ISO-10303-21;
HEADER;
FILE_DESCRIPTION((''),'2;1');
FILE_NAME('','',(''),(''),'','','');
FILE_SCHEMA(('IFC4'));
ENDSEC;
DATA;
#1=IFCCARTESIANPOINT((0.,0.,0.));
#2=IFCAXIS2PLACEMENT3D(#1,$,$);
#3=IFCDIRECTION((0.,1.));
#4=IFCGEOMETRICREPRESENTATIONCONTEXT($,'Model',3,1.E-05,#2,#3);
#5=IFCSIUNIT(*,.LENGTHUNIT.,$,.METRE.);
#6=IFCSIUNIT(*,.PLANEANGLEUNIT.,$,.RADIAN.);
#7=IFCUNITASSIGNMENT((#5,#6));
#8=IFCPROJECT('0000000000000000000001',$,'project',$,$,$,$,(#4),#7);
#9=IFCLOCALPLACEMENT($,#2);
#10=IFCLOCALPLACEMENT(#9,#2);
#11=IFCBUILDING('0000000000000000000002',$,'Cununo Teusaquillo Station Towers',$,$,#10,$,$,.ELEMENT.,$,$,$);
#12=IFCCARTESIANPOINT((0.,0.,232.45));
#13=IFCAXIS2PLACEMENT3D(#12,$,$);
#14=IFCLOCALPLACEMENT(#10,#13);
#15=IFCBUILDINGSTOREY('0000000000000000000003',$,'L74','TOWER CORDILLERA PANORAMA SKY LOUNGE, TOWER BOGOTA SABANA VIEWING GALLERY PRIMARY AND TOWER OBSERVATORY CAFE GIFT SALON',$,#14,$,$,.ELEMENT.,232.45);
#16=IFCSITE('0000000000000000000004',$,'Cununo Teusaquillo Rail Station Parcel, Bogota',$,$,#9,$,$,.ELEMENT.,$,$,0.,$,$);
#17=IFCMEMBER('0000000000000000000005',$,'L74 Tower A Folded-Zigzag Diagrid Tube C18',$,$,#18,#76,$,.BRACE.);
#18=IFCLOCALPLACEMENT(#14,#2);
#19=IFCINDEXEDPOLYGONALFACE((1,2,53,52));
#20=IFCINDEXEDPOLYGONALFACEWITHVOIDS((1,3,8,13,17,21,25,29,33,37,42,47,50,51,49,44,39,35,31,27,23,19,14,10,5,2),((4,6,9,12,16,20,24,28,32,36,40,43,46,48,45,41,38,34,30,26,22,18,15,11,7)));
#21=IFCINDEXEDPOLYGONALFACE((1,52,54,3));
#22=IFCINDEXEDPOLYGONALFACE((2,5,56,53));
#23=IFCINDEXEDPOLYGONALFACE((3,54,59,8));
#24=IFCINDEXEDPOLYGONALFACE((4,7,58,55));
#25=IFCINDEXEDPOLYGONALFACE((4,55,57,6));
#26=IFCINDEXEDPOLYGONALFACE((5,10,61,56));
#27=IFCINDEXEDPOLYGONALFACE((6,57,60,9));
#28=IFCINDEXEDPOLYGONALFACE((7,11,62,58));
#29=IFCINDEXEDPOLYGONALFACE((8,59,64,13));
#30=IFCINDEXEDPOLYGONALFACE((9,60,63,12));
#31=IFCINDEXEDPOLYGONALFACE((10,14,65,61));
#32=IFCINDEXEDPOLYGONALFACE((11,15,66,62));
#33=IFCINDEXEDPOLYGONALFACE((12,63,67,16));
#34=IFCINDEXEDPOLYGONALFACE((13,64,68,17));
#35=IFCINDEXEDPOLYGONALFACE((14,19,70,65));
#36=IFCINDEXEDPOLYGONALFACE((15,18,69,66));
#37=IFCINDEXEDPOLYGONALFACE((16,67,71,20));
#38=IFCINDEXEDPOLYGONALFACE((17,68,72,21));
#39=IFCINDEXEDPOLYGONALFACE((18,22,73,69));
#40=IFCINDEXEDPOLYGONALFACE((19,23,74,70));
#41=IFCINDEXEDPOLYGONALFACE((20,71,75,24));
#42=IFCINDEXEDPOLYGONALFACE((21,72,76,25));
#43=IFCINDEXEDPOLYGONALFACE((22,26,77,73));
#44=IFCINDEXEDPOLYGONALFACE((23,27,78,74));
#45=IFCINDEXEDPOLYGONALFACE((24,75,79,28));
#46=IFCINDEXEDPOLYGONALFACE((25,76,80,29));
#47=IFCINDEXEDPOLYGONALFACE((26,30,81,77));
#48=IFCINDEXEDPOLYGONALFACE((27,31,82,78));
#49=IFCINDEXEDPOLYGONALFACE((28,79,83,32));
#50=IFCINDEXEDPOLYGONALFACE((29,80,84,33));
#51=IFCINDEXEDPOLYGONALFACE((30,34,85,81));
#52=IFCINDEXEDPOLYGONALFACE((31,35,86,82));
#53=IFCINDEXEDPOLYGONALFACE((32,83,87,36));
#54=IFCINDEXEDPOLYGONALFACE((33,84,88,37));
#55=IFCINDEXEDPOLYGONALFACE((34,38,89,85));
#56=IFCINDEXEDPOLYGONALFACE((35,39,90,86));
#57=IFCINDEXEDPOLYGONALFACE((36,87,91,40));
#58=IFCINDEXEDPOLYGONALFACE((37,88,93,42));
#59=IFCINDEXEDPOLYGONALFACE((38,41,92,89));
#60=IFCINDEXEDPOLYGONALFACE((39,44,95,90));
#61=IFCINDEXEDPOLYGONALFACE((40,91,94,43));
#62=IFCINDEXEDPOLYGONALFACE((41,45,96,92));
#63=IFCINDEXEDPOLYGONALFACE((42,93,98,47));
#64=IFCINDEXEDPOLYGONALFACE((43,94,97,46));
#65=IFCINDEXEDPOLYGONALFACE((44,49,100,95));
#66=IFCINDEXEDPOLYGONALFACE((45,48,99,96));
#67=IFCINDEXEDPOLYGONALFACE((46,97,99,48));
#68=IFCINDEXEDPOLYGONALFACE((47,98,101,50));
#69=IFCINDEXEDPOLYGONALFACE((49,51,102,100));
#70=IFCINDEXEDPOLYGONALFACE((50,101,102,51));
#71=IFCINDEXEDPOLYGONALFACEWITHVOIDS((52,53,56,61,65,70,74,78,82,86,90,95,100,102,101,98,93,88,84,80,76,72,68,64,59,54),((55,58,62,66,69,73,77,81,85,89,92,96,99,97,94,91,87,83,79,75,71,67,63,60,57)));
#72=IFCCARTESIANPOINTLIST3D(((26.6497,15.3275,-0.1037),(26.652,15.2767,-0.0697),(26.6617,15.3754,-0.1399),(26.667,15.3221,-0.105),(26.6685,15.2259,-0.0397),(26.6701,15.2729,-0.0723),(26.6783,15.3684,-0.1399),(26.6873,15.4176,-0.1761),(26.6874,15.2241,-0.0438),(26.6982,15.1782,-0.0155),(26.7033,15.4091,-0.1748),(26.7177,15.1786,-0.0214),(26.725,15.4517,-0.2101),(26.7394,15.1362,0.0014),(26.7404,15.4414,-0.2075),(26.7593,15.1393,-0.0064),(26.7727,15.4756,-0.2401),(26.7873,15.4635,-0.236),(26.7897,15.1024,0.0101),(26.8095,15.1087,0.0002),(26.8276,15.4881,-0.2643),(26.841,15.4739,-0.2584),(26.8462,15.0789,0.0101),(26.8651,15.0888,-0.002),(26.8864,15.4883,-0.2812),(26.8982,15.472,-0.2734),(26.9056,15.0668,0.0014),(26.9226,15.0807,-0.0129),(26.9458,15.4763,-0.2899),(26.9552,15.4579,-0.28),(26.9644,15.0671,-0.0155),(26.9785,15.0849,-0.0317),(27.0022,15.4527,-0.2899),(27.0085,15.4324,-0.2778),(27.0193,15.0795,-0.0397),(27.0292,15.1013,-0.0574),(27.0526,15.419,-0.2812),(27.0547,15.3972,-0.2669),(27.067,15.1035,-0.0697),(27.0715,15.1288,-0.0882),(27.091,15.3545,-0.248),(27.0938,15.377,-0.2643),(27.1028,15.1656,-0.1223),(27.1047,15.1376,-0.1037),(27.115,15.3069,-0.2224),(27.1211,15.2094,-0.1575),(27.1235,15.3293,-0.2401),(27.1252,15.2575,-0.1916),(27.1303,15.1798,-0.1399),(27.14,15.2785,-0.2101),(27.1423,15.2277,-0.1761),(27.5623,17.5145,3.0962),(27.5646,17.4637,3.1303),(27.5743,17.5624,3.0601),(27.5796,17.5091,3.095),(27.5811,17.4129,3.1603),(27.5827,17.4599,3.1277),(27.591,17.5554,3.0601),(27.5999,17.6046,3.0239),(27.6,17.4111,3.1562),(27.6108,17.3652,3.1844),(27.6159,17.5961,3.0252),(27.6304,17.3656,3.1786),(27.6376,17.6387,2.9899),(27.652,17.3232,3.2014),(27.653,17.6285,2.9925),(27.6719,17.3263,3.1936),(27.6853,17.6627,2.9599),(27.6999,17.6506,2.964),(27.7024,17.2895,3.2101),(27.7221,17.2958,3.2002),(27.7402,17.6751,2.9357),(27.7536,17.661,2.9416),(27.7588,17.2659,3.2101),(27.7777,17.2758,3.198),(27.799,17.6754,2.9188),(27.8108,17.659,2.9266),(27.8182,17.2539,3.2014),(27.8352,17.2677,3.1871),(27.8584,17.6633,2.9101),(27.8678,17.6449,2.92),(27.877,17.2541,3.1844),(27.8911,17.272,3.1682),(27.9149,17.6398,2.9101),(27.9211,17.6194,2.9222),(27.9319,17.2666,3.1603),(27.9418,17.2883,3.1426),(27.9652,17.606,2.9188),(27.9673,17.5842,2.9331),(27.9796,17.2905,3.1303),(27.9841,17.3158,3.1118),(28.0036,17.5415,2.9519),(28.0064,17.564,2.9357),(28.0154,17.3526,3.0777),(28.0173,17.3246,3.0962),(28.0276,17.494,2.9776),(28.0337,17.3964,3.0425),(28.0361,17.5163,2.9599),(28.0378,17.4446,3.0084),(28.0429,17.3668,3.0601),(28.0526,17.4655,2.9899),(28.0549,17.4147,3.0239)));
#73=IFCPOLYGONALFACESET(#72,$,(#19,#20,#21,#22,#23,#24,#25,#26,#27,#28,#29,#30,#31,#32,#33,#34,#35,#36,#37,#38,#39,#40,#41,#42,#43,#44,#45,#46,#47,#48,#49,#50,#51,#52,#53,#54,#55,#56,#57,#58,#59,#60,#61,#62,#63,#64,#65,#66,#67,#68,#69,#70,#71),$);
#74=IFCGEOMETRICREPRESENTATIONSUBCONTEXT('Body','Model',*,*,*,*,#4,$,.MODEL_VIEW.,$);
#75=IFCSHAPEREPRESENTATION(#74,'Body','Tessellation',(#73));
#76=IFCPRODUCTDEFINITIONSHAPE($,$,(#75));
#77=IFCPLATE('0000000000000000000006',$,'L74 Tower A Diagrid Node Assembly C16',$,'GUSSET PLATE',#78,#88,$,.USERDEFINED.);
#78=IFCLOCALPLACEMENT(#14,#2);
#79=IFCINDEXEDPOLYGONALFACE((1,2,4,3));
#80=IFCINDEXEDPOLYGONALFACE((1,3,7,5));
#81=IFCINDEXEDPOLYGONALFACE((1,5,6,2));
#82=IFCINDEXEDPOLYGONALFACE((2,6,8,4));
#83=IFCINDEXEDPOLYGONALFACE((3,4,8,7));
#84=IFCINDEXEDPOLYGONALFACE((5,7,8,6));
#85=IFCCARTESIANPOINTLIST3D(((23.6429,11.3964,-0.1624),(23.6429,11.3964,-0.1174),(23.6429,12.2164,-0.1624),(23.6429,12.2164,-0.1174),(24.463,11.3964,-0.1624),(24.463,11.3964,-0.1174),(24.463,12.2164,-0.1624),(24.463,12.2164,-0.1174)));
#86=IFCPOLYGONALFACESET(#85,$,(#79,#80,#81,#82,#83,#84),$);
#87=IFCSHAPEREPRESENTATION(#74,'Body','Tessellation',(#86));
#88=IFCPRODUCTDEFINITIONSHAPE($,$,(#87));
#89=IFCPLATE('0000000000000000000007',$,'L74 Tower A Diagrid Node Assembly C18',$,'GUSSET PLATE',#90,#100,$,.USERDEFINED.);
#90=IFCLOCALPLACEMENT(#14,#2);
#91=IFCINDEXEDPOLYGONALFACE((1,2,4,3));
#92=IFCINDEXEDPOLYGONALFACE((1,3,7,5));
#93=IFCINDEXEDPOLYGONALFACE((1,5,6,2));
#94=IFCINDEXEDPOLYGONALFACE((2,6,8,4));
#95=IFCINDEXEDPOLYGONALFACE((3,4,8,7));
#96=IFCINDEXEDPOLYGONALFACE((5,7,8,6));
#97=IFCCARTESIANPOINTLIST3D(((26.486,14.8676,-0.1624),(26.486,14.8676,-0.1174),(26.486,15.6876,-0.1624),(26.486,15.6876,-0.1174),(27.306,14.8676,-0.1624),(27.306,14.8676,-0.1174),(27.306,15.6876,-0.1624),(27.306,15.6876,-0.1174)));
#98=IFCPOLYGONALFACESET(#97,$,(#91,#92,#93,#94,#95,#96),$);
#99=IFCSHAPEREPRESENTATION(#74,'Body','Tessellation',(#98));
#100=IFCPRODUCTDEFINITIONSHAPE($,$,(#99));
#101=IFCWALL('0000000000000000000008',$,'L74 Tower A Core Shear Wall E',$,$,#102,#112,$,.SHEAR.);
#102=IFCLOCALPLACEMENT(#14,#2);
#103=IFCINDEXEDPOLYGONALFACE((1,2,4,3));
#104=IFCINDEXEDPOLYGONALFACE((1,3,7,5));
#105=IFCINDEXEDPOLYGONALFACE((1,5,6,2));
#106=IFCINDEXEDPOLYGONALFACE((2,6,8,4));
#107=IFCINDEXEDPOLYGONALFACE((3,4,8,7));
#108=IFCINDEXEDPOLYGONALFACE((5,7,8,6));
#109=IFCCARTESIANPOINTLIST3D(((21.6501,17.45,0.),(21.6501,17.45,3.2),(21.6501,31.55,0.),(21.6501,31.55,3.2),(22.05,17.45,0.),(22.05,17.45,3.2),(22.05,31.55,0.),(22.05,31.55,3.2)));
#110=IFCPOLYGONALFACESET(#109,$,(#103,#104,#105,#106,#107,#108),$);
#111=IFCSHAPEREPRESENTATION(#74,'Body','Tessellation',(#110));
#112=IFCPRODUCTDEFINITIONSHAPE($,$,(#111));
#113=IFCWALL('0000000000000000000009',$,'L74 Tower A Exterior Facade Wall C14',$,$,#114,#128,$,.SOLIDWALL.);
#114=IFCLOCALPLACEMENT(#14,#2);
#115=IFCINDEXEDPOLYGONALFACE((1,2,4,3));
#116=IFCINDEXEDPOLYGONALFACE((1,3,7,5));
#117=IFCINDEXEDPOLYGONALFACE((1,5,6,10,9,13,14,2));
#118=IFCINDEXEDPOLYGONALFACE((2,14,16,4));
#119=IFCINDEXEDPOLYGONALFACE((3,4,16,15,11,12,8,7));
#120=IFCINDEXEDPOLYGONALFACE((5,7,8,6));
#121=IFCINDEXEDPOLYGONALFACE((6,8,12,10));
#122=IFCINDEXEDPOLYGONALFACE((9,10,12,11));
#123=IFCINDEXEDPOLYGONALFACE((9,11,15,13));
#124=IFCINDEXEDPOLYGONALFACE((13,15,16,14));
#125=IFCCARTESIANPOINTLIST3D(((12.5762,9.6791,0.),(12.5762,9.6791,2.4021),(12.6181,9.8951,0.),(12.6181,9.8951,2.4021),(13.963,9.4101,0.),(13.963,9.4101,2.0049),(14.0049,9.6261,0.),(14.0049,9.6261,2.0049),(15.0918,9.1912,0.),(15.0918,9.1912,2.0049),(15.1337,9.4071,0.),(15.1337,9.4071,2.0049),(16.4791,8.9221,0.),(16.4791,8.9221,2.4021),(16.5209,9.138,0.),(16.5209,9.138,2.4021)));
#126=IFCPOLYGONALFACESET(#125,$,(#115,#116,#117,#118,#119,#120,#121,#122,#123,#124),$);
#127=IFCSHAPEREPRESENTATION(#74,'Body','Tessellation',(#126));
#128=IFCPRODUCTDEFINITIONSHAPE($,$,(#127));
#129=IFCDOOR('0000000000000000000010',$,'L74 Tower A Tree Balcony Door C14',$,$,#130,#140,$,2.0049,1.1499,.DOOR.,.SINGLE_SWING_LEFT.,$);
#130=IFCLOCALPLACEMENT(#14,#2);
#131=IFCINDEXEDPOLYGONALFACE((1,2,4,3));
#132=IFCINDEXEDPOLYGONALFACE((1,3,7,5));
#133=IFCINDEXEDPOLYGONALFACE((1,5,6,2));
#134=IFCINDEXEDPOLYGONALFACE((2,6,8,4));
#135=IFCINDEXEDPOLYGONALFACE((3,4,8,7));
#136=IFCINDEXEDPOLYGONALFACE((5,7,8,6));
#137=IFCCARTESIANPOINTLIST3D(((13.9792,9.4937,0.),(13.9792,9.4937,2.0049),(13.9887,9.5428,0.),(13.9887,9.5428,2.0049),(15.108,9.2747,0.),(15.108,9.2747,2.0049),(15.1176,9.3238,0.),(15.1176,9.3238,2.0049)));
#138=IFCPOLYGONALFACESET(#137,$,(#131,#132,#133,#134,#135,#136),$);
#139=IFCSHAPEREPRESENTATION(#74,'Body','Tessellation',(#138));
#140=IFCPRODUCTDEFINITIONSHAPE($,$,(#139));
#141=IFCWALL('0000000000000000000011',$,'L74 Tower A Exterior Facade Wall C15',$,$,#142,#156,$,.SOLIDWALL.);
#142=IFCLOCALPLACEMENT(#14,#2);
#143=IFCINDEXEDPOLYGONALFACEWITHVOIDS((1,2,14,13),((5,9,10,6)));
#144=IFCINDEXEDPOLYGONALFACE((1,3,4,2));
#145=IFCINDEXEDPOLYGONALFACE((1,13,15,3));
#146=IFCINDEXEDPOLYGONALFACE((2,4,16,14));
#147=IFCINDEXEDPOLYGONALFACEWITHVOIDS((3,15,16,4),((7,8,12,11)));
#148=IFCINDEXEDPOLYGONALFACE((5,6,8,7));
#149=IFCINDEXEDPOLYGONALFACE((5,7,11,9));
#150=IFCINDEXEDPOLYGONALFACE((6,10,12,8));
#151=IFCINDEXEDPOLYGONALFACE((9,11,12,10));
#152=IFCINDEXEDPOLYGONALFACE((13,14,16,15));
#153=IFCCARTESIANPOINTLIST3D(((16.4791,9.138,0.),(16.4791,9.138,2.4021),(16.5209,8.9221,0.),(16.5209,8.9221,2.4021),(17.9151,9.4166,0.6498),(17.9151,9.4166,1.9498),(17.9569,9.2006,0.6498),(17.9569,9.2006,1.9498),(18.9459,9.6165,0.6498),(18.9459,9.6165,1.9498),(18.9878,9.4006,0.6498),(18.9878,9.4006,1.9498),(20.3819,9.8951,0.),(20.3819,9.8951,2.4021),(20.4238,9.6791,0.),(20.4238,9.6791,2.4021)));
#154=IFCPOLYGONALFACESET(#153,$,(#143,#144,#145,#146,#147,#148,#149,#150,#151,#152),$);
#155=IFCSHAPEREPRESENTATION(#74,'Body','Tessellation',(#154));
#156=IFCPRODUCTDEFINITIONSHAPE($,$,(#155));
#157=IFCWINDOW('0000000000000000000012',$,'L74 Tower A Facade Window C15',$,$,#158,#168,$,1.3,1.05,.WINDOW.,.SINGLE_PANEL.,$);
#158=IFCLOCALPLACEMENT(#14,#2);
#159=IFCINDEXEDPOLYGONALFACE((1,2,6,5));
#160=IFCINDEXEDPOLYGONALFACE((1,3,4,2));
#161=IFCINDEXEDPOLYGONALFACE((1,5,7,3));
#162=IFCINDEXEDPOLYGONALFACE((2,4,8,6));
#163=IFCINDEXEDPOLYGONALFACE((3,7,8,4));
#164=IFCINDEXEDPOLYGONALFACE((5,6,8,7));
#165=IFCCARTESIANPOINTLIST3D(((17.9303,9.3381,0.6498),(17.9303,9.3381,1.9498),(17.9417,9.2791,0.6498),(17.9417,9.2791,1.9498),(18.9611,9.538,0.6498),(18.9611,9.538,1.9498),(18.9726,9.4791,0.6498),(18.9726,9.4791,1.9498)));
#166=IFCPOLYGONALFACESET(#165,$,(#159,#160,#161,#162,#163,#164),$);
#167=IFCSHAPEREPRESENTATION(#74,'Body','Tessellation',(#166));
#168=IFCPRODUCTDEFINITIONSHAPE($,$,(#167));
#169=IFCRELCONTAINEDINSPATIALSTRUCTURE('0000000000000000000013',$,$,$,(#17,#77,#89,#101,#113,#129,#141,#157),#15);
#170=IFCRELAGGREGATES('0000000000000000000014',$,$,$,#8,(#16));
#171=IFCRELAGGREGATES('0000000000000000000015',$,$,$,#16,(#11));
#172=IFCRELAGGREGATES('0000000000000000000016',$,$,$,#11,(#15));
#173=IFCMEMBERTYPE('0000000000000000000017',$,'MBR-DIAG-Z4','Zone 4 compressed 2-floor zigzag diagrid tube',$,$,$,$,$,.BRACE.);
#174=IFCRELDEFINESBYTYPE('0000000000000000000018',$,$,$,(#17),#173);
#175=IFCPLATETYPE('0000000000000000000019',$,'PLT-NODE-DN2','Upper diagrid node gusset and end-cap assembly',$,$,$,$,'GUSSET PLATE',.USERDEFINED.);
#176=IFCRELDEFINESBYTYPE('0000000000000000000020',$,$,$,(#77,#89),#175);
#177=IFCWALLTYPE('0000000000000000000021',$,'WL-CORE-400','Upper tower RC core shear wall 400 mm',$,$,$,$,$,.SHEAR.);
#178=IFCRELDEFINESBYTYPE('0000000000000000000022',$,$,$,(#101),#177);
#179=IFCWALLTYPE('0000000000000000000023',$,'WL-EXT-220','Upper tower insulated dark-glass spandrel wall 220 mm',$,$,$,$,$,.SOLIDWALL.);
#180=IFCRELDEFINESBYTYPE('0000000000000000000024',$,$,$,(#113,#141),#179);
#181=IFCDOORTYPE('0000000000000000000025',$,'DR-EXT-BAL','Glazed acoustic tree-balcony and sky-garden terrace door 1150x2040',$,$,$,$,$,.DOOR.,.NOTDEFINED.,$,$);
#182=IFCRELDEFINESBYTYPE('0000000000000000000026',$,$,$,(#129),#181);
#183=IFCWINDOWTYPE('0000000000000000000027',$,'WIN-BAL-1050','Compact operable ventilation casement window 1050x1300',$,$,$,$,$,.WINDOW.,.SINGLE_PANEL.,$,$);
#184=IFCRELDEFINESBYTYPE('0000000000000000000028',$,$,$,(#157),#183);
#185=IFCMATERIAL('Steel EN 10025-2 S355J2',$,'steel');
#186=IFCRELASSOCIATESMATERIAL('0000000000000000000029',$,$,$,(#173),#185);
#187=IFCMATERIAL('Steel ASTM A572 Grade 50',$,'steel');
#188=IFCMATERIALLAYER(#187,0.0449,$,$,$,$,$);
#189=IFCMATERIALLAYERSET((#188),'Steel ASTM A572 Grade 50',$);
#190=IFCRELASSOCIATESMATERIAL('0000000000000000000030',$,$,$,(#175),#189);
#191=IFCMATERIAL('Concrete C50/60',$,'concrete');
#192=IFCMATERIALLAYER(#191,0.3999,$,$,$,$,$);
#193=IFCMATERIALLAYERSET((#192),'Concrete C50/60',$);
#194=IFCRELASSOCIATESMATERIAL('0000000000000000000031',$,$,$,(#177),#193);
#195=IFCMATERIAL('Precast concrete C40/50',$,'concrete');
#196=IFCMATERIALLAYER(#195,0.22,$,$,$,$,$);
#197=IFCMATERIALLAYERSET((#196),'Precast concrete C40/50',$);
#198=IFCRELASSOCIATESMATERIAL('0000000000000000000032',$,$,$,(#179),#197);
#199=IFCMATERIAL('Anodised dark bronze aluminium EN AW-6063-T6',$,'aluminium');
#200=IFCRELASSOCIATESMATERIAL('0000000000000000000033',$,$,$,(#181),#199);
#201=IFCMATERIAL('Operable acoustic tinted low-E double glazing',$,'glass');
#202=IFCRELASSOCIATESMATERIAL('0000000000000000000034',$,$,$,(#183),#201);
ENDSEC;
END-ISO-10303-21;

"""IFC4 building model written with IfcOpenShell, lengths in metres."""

from ifc_helpers import new_model, si_unit, direction, frame, frame_2d, origin, origin_2d, place, context, subcontext, project, spatial, rectangle, hollow_circle, extrude, source, transform, mapped, material, layer, layer_set, material_profile, profile_set, type_object, element, fill, save


model = new_model("IFC4")

# Units and contexts
model_context = context("Model", 3, precision=1e-05, world=origin(), true_north=direction((0.0, 1.0)))
body_context = subcontext(model_context, "Body", "Model", "MODEL_VIEW")
ifc_project = project(units=[si_unit("LENGTHUNIT", "METRE"), si_unit("PLANEANGLEUNIT", "RADIAN")], contexts=[model_context])

# Site, building, storey
site_placement = place(None, origin())
site = spatial("IfcSite", under=ifc_project, at=site_placement, Name="Cununo Teusaquillo Rail Station Parcel, Bogota", CompositionType="ELEMENT", RefElevation=0.0)
building_placement = place(site_placement, origin())
building = spatial("IfcBuilding", under=site, at=building_placement, Name="Cununo Teusaquillo Station Towers", CompositionType="ELEMENT")
storey_placement = place(building_placement, frame((0.0, 0.0, 232.45)))
storey = spatial("IfcBuildingStorey", under=building, at=storey_placement, Name="L74", Description="TOWER CORDILLERA PANORAMA SKY LOUNGE, TOWER BOGOTA SABANA VIEWING GALLERY PRIMARY AND TOWER OBSERVATORY CAFE GIFT SALON", CompositionType="ELEMENT", Elevation=232.45)

# Member
ifc_material_1 = material(Name="Steel EN 10025-2 S355J2", Category="steel")
ifc_material_profile_1 = material_profile(ifc_material_1, hollow_circle(Radius=0.2539, WallThickness=0.0181, at=origin_2d()), Name="CHS 508x18")
ifc_profile_set_1 = profile_set([ifc_material_profile_1], Name="Steel EN 10025-2 S355J2")
member_type = type_object("IfcMemberType", Name="MBR-DIAG-Z4", Description="Zone 4 compressed 2-floor zigzag diagrid tube", PredefinedType="BRACE", material=ifc_profile_set_1)
member_1_placement = place(storey_placement, frame((26.896, 15.2776, -0.1399), z_axis=(0.229186, 0.549238, 0.803624), x_axis=(-0.922876, 0.385098, 0.0)))
element("IfcMember", 1, at=member_1_placement, inside=storey, type_object=member_type, Name="L74 Tower A Folded-Zigzag Diagrid Tube C18", PredefinedType="BRACE", context=body_context, shape_type="SweptSolid", body=[
    extrude(hollow_circle(Radius=0.2539, WallThickness=0.0181, at=origin_2d()), origin(), (0.0, 0.0, 1.0), 3.9819),
])

# Plates
ifc_material_2 = material(Name="Steel ASTM A572 Grade 50", Category="steel")
ifc_layer_1 = layer(ifc_material_2, 0.0449)
ifc_layer_set_1 = layer_set([ifc_layer_1], Name="Steel ASTM A572 Grade 50")
plate_type = type_object("IfcPlateType", Name="PLT-NODE-DN2", Description="Upper diagrid node gusset and end-cap assembly", ElementType="GUSSET PLATE", PredefinedType="USERDEFINED", material=ifc_layer_set_1)
shared_shape_1 = source(origin(), body_context, "Body", "SweptSolid", [
    extrude(rectangle(XDim=0.8201, YDim=0.8201, at=origin_2d()), origin(), (0.0, 0.0, 1.0), 0.0449),
])
for number, where, z_axis, x_axis, name in (
    (2, (24.053, 11.8064, -0.1624), (0.0, 0.0, 1.0), (1.0, 0.0, 0.0), "L74 Tower A Diagrid Node Assembly C16"),
    (3, (26.896, 15.2776, -0.1624), (0.0, 0.0, 1.0), (1.0, 0.0, 0.0), "L74 Tower A Diagrid Node Assembly C18"),
):
    element("IfcPlate", number, at=place(storey_placement, frame(where, z_axis=z_axis, x_axis=x_axis)), inside=storey, type_object=plate_type, Name=name, ObjectType="GUSSET PLATE", PredefinedType="USERDEFINED", context=body_context, shape_type="MappedRepresentation", body=[
        mapped(shared_shape_1, transform((0.0, 0.0, 0.0), x_axis=(1.0, 0.0, 0.0), y_axis=(0.0, 1.0, 0.0), z_axis=(0.0, 0.0, 1.0), scale=1.0)),
    ])

# Wall
ifc_material_3 = material(Name="Concrete C50/60", Category="concrete")
ifc_layer_2 = layer(ifc_material_3, 0.3999)
ifc_layer_set_2 = layer_set([ifc_layer_2], Name="Concrete C50/60")
wall_type_1 = type_object("IfcWallType", Name="WL-CORE-400", Description="Upper tower RC core shear wall 400 mm", PredefinedType="SHEAR", material=ifc_layer_set_2)
wall_1_placement = place(storey_placement, frame((21.8501, 17.45, 0.0), z_axis=(0.0, 0.0, 1.0), x_axis=(0.0, 1.0, 0.0)))
element("IfcWall", 4, at=wall_1_placement, inside=storey, type_object=wall_type_1, Name="L74 Tower A Core Shear Wall E", PredefinedType="SHEAR", context=body_context, shape_type="SweptSolid", body=[
    extrude(rectangle(XDim=14.1001, YDim=0.3999, at=frame_2d((7.05, 0.0))), origin(), (0.0, 0.0, 1.0), 3.2),
])

# Wall, opening, door
ifc_material_4 = material(Name="Precast concrete C40/50", Category="concrete")
ifc_layer_3 = layer(ifc_material_4, 0.22)
ifc_layer_set_3 = layer_set([ifc_layer_3], Name="Precast concrete C40/50")
wall_type_2 = type_object("IfcWallType", Name="WL-EXT-220", Description="Upper tower insulated dark-glass spandrel wall 220 mm", PredefinedType="SOLIDWALL", material=ifc_layer_set_3)
wall_2_placement = place(storey_placement, frame((16.5, 9.03, 0.0), z_axis=(0.0, 0.0, 1.0), x_axis=(-0.9817, 0.190432, 0.0)))
wall_2 = element("IfcWall", 5, at=wall_2_placement, inside=storey, type_object=wall_type_2, Name="L74 Tower A Exterior Facade Wall C14", PredefinedType="SOLIDWALL", context=body_context, shape_type="SweptSolid", body=[
    extrude(rectangle(XDim=3.9756, YDim=0.22, at=frame_2d((1.9878, 0.0))), origin(), (0.0, 0.0, 1.0), 2.4021),
])
shared_shape_2 = source(origin(), body_context, "Body", "SweptSolid", [
    extrude(rectangle(XDim=1.1499, YDim=2.0049, at=frame_2d((0.575, 1.0024))), frame((0.0, 0.1199, 0.0), z_axis=(0.0, -1.0, 0.0), x_axis=(1.0, 0.0, 0.0)), (0.0, 0.0, 1.0), 0.24),
])
opening_1_placement = place(wall_2_placement, frame((1.4131, 0.0, 0.0)))
opening_1 = element("IfcOpeningElement", 6, at=opening_1_placement, cuts=wall_2, PredefinedType="OPENING", context=body_context, shape_type="MappedRepresentation", body=[
    mapped(shared_shape_2, transform((0.0, 0.0, 0.0), x_axis=(1.0, 0.0, 0.0), y_axis=(0.0, 1.0, 0.0), z_axis=(0.0, 0.0, 1.0), scale=1.0)),
])
ifc_material_5 = material(Name="Anodised dark bronze aluminium EN AW-6063-T6", Category="aluminium")
door_type_1 = type_object("IfcDoorType", Name="DR-EXT-BAL", Description="Glazed acoustic tree-balcony and sky-garden terrace door 1150x2040", OperationType="NOTDEFINED", PredefinedType="DOOR", material=ifc_material_5)
shared_shape_3 = source(origin(), body_context, "Body", "SweptSolid", [
    extrude(rectangle(XDim=1.1499, YDim=2.0049, at=frame_2d((0.575, 1.0024))), frame((0.0, 0.0249, 0.0), z_axis=(0.0, -1.0, 0.0), x_axis=(1.0, 0.0, 0.0)), (0.0, 0.0, 1.0), 0.05),
])
door_1_placement = place(opening_1_placement, origin())
door_1 = element("IfcDoor", 7, at=door_1_placement, inside=storey, type_object=door_type_1, Name="L74 Tower A Tree Balcony Door C14", OperationType="SINGLE_SWING_LEFT", OverallHeight=2.0049, OverallWidth=1.1499, PredefinedType="DOOR", context=body_context, shape_type="MappedRepresentation", body=[
    mapped(shared_shape_3, transform((0.0, 0.0, 0.0), x_axis=(1.0, 0.0, 0.0), y_axis=(0.0, 1.0, 0.0), z_axis=(0.0, 0.0, 1.0), scale=1.0)),
])
fill(opening_1, door_1)

# Wall, opening, window
wall_3_placement = place(storey_placement, frame((20.4028, 9.7871, 0.0), z_axis=(0.0, 0.0, 1.0), x_axis=(-0.9817, -0.190432, 0.0)))
wall_3 = element("IfcWall", 8, at=wall_3_placement, inside=storey, type_object=wall_type_2, Name="L74 Tower A Exterior Facade Wall C15", PredefinedType="SOLIDWALL", context=body_context, shape_type="SweptSolid", body=[
    extrude(rectangle(XDim=3.9756, YDim=0.22, at=frame_2d((1.9878, 0.0))), origin(), (0.0, 0.0, 1.0), 2.4021),
])
shared_shape_4 = source(origin(), body_context, "Body", "SweptSolid", [
    extrude(rectangle(XDim=1.05, YDim=1.3, at=frame_2d((0.5249, 0.6499))), frame((0.0, 0.1199, 0.0), z_axis=(0.0, -1.0, 0.0), x_axis=(1.0, 0.0, 0.0)), (0.0, 0.0, 1.0), 0.24),
])
opening_2_placement = place(wall_3_placement, frame((1.4629, 0.0, 0.6499)))
opening_2 = element("IfcOpeningElement", 9, at=opening_2_placement, cuts=wall_3, PredefinedType="OPENING", context=body_context, shape_type="MappedRepresentation", body=[
    mapped(shared_shape_4, transform((0.0, 0.0, 0.0), x_axis=(1.0, 0.0, 0.0), y_axis=(0.0, 1.0, 0.0), z_axis=(0.0, 0.0, 1.0), scale=1.0)),
])
ifc_material_6 = material(Name="Operable acoustic tinted low-E double glazing", Category="glass")
window_type = type_object("IfcWindowType", Name="WIN-BAL-1050", Description="Compact operable ventilation casement window 1050x1300", PartitioningType="SINGLE_PANEL", PredefinedType="WINDOW", material=ifc_material_6)
shared_shape_5 = source(origin(), body_context, "Body", "SweptSolid", [
    extrude(rectangle(XDim=1.05, YDim=1.3, at=frame_2d((0.5249, 0.6499))), frame((0.0, 0.03, 0.0), z_axis=(0.0, -1.0, 0.0), x_axis=(1.0, 0.0, 0.0)), (0.0, 0.0, 1.0), 0.0601),
])
window_1_placement = place(opening_2_placement, origin())
window_1 = element("IfcWindow", 10, at=window_1_placement, inside=storey, type_object=window_type, Name="L74 Tower A Facade Window C15", OverallHeight=1.3, OverallWidth=1.05, PartitioningType="SINGLE_PANEL", PredefinedType="WINDOW", context=body_context, shape_type="MappedRepresentation", body=[
    mapped(shared_shape_5, transform((0.0, 0.0, 0.0), x_axis=(1.0, 0.0, 0.0), y_axis=(0.0, 1.0, 0.0), z_axis=(0.0, 0.0, 1.0), scale=1.0)),
])
fill(opening_2, window_1)

save(model, "model.ifc")
